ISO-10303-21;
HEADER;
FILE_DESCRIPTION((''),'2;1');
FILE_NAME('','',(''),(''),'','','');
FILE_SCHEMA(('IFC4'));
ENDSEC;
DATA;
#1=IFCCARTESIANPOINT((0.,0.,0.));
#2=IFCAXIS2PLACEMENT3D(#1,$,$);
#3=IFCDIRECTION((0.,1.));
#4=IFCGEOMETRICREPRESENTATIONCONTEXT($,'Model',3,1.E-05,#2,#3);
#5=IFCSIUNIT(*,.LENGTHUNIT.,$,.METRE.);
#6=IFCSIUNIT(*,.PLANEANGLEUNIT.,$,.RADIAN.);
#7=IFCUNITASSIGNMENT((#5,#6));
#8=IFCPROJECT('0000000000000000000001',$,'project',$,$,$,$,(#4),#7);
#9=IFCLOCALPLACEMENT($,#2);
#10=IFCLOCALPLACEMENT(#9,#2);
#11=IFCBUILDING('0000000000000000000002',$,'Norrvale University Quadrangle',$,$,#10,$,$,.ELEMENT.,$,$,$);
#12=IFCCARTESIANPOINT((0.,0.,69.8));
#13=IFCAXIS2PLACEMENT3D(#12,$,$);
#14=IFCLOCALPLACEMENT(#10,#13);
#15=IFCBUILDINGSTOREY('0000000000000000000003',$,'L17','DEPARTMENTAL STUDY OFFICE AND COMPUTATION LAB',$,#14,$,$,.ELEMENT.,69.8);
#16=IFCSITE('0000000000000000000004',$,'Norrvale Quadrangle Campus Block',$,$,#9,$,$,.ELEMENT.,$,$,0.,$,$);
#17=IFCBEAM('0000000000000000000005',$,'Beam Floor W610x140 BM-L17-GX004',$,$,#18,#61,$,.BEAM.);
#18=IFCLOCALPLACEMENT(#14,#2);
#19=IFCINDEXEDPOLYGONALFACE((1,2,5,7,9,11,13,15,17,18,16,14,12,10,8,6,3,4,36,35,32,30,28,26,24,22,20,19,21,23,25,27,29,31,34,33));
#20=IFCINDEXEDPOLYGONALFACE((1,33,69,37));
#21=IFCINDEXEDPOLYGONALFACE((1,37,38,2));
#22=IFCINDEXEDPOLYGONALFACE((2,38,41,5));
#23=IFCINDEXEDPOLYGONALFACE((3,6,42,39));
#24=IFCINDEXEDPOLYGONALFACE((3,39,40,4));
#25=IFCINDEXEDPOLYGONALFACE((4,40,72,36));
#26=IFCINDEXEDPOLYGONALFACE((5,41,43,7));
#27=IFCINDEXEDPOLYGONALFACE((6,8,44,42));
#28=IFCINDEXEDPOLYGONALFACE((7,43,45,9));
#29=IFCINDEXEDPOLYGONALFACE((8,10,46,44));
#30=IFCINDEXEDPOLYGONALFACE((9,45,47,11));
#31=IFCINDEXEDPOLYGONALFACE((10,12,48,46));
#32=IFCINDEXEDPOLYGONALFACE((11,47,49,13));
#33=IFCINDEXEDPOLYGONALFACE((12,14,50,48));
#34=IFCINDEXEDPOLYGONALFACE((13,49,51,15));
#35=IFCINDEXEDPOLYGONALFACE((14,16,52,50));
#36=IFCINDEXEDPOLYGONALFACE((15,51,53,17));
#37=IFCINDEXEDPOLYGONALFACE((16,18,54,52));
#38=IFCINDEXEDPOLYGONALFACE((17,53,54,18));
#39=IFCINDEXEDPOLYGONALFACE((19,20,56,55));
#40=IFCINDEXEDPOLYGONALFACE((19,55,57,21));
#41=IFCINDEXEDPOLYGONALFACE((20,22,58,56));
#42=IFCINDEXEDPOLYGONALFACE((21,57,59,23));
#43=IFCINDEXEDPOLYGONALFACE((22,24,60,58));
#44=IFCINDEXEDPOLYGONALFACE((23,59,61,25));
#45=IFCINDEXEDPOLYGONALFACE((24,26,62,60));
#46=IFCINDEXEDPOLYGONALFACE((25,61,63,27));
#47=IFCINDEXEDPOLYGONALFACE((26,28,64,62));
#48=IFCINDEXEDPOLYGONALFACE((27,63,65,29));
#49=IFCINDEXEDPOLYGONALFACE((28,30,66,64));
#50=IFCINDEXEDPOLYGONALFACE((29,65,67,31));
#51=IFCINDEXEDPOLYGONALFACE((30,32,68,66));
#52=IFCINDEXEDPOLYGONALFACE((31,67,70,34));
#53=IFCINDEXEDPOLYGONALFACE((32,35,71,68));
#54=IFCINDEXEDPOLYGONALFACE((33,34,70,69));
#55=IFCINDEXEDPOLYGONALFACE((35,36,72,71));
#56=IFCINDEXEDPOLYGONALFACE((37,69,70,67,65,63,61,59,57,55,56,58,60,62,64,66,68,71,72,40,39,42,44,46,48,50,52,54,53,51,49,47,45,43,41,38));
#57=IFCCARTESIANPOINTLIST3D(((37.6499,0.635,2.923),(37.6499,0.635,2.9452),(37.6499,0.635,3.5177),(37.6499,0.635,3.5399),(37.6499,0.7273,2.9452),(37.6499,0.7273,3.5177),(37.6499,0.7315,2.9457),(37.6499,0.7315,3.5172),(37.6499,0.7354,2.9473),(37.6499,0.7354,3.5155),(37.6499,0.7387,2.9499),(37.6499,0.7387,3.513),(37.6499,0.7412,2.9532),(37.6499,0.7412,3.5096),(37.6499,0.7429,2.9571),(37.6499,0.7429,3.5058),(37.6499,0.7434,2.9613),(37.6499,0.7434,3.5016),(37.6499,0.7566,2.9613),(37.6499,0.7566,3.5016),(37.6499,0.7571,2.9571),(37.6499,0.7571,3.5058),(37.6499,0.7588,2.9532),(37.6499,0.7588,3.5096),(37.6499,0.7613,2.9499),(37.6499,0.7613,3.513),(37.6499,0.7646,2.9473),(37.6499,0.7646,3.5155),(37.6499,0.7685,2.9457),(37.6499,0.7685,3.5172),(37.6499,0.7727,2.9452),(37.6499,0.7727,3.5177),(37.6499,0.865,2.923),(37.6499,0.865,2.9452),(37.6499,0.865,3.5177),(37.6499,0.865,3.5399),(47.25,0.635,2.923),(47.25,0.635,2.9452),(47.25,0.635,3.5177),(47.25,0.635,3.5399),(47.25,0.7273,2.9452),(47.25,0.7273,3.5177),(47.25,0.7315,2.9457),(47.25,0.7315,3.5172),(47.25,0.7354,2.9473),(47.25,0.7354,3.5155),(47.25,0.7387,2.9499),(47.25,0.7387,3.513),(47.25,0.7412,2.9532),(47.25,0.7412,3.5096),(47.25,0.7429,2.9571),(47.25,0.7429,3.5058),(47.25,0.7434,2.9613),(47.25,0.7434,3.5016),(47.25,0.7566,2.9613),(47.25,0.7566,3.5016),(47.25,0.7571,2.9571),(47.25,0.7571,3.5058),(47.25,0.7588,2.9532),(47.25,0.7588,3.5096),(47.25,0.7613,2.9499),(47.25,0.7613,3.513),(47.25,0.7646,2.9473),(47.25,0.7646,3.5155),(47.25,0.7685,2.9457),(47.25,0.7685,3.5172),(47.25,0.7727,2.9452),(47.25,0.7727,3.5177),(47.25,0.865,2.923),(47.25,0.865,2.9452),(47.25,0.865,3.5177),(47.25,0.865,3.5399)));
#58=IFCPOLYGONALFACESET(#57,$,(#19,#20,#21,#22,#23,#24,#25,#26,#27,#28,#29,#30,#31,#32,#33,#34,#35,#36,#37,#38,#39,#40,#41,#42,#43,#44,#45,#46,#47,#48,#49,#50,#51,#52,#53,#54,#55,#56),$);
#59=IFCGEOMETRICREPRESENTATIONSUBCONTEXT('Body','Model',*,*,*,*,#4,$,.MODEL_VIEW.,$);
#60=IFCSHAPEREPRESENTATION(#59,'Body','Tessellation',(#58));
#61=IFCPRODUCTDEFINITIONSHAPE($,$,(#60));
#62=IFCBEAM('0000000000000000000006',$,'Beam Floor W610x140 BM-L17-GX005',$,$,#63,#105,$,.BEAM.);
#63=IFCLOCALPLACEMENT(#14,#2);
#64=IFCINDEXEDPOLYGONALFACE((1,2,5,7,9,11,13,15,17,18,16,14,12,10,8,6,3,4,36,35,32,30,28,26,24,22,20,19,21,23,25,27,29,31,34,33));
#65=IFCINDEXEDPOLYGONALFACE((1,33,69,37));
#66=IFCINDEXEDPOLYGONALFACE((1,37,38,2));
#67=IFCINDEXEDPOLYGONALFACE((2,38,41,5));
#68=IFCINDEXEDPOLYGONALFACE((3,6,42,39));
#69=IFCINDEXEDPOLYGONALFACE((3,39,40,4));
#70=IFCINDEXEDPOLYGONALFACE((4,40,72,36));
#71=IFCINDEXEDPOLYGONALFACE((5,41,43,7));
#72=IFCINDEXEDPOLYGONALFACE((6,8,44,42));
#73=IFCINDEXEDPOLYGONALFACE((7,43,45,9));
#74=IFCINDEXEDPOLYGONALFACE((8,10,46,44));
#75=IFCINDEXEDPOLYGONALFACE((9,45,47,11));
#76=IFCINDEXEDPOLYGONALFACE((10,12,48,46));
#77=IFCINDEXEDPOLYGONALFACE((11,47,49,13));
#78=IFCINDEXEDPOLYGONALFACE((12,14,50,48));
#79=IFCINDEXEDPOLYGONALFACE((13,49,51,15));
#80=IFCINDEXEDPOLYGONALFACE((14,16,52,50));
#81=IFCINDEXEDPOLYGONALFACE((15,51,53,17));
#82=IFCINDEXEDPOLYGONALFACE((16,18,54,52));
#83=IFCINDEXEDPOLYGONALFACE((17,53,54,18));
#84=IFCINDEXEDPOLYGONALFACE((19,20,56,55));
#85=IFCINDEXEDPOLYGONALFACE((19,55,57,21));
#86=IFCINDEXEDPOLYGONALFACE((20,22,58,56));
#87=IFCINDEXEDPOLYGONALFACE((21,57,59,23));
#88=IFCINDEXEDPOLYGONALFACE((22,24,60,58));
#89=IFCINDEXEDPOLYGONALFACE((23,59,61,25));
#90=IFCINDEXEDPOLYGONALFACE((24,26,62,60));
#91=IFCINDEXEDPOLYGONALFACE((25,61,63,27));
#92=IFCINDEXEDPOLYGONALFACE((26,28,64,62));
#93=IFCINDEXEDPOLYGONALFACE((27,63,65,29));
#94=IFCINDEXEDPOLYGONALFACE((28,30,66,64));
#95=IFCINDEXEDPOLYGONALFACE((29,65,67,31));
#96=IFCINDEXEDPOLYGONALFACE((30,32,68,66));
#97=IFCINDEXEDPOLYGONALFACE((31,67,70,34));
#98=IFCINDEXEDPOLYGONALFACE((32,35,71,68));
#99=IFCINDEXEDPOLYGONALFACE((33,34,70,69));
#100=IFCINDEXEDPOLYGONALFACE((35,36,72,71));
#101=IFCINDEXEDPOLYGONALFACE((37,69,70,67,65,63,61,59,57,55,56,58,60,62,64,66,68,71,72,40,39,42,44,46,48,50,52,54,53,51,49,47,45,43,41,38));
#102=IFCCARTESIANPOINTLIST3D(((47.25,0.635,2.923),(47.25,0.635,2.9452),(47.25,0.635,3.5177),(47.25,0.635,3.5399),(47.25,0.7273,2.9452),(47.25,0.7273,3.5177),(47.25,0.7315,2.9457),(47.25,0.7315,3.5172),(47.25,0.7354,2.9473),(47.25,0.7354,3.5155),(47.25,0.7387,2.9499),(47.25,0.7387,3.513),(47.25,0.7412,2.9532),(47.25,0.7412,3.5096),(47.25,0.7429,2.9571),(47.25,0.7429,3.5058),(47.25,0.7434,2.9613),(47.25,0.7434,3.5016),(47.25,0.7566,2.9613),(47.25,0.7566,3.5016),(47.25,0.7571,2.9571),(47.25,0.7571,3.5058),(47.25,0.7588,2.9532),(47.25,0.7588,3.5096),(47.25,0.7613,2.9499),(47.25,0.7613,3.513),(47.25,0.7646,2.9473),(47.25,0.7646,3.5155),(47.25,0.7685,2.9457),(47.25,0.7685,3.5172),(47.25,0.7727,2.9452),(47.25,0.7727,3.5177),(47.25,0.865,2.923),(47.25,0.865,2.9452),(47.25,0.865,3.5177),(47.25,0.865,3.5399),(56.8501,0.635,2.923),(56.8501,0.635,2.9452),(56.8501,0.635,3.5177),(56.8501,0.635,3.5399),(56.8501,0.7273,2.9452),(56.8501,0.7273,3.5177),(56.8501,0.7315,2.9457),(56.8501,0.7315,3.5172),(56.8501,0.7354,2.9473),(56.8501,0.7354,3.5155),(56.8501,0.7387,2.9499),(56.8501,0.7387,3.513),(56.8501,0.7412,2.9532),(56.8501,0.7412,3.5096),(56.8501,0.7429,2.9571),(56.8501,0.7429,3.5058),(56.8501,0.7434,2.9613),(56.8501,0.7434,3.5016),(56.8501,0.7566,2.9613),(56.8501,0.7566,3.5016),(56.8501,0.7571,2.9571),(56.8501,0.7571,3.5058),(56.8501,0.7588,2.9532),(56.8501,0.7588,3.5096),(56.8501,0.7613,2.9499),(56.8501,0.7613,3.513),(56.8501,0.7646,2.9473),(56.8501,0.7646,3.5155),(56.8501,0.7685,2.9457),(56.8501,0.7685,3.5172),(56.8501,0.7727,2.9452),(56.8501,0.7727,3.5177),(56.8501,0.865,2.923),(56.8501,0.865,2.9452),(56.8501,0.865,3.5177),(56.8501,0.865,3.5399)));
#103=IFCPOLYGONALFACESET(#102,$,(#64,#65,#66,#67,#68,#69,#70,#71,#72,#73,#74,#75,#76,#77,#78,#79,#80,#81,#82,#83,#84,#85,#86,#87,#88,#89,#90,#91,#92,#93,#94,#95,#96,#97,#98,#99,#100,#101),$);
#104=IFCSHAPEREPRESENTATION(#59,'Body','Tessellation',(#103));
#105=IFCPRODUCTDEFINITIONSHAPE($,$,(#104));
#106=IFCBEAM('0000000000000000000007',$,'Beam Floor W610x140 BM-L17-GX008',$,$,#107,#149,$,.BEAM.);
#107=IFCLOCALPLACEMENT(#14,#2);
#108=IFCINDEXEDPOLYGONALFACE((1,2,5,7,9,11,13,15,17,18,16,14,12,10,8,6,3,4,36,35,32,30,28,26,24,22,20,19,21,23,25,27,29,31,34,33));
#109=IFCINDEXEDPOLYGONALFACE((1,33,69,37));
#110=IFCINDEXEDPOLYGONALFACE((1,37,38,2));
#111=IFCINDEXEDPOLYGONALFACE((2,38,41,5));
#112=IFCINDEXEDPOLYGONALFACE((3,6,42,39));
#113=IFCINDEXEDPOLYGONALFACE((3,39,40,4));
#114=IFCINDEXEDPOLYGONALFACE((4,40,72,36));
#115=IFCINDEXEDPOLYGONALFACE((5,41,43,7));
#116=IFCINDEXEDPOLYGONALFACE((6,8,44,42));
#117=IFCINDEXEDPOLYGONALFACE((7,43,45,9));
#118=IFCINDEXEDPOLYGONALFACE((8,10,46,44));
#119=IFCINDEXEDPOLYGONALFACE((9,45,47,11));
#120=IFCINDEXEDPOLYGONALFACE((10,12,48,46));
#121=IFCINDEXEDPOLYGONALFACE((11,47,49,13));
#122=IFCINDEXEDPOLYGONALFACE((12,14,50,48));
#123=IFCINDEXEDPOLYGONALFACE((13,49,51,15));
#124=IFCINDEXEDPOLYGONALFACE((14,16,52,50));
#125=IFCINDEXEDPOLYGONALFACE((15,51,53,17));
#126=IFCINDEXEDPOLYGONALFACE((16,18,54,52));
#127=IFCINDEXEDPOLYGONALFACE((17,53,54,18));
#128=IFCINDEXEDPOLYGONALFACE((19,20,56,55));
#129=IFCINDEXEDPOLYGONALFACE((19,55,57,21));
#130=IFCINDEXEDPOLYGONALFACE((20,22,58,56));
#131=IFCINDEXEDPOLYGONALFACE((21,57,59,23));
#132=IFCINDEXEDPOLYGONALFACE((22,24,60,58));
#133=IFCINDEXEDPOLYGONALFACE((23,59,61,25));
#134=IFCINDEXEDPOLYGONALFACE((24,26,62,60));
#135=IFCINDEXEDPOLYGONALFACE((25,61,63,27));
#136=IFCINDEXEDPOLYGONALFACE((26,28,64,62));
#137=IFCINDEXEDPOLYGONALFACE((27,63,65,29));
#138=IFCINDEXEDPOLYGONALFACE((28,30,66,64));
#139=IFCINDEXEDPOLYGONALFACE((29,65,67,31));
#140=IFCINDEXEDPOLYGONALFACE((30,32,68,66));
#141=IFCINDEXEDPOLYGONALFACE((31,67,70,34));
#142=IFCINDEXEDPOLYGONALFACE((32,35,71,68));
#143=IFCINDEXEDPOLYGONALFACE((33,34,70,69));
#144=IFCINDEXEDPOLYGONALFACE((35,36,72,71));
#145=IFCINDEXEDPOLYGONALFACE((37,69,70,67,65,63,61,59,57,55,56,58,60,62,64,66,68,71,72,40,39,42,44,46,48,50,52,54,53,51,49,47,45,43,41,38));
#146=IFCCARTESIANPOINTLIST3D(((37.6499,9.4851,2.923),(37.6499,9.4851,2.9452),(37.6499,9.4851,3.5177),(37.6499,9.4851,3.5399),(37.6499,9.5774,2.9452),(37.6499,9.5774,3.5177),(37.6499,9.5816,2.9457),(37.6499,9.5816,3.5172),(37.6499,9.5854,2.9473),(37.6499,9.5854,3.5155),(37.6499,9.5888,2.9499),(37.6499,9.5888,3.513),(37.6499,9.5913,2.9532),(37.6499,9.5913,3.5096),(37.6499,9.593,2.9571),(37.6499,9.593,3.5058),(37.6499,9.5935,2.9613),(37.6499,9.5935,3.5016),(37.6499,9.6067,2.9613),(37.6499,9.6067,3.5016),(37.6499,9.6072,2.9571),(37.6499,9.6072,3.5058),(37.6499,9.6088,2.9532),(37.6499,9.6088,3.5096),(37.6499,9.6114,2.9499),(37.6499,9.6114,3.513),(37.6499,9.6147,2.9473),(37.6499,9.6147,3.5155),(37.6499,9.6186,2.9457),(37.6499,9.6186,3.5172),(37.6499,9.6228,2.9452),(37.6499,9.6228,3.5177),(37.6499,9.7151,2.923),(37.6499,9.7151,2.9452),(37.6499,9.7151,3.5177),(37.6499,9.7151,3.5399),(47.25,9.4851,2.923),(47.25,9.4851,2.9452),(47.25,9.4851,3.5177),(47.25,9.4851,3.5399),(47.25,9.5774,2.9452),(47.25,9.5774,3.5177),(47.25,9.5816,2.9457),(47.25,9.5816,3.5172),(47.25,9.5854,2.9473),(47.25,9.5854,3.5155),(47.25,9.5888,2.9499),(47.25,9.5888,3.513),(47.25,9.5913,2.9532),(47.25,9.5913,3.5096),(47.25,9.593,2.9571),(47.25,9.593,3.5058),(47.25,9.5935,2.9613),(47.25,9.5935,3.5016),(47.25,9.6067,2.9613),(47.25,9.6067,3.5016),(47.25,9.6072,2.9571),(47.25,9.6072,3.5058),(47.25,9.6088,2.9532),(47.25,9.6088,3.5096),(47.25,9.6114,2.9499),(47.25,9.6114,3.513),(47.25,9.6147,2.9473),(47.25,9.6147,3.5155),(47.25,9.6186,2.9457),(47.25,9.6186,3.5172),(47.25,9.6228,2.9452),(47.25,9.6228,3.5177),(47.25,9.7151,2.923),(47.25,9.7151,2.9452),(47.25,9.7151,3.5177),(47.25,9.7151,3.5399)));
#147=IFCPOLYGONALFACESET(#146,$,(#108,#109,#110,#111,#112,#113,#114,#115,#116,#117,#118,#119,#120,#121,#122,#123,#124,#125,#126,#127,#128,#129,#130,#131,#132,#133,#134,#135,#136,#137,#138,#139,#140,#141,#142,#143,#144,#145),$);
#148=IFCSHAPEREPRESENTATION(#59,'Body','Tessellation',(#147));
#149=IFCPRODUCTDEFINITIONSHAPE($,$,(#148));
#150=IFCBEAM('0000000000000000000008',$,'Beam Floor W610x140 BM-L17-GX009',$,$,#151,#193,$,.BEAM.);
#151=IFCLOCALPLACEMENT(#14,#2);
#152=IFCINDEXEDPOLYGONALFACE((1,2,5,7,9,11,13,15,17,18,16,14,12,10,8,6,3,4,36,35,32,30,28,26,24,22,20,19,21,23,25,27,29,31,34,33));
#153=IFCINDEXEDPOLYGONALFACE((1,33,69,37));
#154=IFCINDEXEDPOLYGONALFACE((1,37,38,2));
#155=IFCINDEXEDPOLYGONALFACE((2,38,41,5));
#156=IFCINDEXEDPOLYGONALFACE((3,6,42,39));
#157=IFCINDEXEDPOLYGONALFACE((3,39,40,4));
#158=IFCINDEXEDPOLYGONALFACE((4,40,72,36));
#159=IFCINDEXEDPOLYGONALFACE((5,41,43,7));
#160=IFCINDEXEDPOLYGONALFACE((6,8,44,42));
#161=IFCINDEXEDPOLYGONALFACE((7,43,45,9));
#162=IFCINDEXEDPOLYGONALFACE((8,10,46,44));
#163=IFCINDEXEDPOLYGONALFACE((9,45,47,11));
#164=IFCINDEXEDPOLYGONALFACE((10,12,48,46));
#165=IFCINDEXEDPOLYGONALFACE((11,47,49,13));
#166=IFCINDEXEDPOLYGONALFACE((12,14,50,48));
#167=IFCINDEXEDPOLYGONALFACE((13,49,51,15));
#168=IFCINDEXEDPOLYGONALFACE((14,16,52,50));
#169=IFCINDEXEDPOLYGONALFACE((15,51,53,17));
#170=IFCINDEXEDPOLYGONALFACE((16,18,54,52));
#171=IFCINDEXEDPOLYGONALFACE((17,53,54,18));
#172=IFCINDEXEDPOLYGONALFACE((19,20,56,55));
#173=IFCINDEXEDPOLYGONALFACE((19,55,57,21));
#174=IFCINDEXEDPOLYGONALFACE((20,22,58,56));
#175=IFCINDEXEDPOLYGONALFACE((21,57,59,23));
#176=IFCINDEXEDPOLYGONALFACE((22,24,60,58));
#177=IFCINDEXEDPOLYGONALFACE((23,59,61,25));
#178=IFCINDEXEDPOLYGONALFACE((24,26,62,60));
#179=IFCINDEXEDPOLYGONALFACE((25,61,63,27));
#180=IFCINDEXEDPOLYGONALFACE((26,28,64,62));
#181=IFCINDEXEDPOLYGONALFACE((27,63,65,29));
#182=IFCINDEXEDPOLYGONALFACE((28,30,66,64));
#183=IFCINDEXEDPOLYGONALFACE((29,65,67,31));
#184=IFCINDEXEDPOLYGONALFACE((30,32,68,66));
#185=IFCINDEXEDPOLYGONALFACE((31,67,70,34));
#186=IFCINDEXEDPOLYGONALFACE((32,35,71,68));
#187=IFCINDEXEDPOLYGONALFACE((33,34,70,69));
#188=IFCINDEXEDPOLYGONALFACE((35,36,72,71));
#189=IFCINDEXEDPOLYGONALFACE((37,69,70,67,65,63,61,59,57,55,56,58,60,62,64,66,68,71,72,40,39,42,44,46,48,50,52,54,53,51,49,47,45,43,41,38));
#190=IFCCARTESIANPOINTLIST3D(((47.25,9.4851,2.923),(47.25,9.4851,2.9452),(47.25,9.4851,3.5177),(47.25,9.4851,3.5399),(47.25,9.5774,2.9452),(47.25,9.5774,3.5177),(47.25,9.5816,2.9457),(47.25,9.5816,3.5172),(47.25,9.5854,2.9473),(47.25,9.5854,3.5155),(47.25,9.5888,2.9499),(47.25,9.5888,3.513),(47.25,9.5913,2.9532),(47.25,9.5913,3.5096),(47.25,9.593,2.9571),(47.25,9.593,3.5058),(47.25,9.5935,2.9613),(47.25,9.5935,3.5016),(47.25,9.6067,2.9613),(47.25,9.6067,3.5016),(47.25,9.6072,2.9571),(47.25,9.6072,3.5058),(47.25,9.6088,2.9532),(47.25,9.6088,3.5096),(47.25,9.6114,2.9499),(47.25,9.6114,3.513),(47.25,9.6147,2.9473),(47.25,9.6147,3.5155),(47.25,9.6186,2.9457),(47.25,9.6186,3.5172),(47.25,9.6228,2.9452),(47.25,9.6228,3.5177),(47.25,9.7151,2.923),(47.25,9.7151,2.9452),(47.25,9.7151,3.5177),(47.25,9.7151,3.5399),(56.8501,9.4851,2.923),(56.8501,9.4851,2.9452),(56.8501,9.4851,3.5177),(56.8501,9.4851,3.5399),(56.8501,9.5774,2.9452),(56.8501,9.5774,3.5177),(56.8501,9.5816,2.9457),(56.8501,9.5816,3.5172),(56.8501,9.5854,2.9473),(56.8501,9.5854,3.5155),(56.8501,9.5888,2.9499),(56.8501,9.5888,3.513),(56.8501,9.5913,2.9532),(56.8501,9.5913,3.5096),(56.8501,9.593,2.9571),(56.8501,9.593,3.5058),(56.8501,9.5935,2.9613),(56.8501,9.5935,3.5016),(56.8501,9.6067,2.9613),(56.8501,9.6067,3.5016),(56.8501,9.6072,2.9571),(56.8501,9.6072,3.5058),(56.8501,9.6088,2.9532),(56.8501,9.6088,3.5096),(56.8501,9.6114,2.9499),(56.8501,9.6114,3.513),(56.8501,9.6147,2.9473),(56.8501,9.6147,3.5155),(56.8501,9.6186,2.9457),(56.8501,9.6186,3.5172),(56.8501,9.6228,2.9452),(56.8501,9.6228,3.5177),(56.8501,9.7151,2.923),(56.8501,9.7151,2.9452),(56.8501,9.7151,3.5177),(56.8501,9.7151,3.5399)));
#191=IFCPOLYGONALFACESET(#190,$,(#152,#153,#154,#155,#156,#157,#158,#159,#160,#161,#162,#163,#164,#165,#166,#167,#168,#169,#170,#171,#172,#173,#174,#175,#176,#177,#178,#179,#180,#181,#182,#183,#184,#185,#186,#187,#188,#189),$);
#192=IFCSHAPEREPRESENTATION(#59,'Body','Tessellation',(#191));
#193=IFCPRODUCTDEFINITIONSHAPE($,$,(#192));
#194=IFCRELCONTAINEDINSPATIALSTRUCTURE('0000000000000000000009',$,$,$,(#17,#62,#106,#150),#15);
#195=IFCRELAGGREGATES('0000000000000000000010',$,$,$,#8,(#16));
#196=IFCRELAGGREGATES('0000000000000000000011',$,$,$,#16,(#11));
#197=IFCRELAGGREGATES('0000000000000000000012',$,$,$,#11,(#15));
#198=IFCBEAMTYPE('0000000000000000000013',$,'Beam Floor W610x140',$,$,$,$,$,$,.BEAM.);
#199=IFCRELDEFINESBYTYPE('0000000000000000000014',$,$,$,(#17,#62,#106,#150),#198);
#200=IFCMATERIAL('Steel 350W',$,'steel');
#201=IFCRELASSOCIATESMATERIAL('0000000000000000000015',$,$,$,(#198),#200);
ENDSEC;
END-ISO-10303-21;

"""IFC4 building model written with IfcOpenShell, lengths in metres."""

from ifc_helpers import new_model, si_unit, direction, frame, origin, origin_2d, place, context, subcontext, project, spatial, i_section, extrude, material, material_profile, profile_set, type_object, element, save


model = new_model("IFC4")

# Units and contexts
model_context = context("Model", 3, precision=1e-05, world=origin(), true_north=direction((0.0, 1.0)))
body_context = subcontext(model_context, "Body", "Model", "MODEL_VIEW")
ifc_project = project(units=[si_unit("LENGTHUNIT", "METRE"), si_unit("PLANEANGLEUNIT", "RADIAN")], contexts=[model_context])

# Site, building, storey
site_placement = place(None, origin())
site = spatial("IfcSite", under=ifc_project, at=site_placement, Name="Norrvale Quadrangle Campus Block", CompositionType="ELEMENT", RefElevation=0.0)
building_placement = place(site_placement, origin())
building = spatial("IfcBuilding", under=site, at=building_placement, Name="Norrvale University Quadrangle", CompositionType="ELEMENT")
storey_placement = place(building_placement, frame((0.0, 0.0, 69.8)))
storey = spatial("IfcBuildingStorey", under=building, at=storey_placement, Name="L17", Description="DEPARTMENTAL STUDY OFFICE AND COMPUTATION LAB", CompositionType="ELEMENT", Elevation=69.8)

# Beams
ifc_material_1 = material(Name="Steel 350W", Category="steel")
ifc_material_profile_1 = material_profile(ifc_material_1, i_section(OverallWidth=0.23, OverallDepth=0.6169, WebThickness=0.0132, FlangeThickness=0.0222, FilletRadius=0.0161, at=origin_2d()), Name="Steel 350W")
ifc_profile_set_1 = profile_set([ifc_material_profile_1], Name="Steel 350W")
beam_type_1 = type_object("IfcBeamType", Name="Beam Floor W610x140", PredefinedType="BEAM", material=ifc_profile_set_1)
for number, where, z_axis, x_axis, name in (
    (1, (37.6499, 0.75, 3.2314), (1.0, 0.0, 0.0), (0.0, 1.0, 0.0), "Beam Floor W610x140 BM-L17-GX004"),
    (2, (47.25, 0.75, 3.2314), (1.0, 0.0, 0.0), (0.0, 1.0, 0.0), "Beam Floor W610x140 BM-L17-GX005"),
    (3, (37.6499, 9.6001, 3.2314), (1.0, 0.0, 0.0), (0.0, 1.0, 0.0), "Beam Floor W610x140 BM-L17-GX008"),
    (4, (47.25, 9.6001, 3.2314), (1.0, 0.0, 0.0), (0.0, 1.0, 0.0), "Beam Floor W610x140 BM-L17-GX009"),
):
    element("IfcBeam", number, at=place(storey_placement, frame(where, z_axis=z_axis, x_axis=x_axis)), inside=storey, type_object=beam_type_1, Name=name, PredefinedType="BEAM", context=body_context, shape_type="SweptSolid", body=[
        extrude(i_section(OverallWidth=0.23, OverallDepth=0.6169, WebThickness=0.0132, FlangeThickness=0.0222, FilletRadius=0.0161, at=origin_2d()), origin(), (0.0, 0.0, 1.0), 9.6001),
    ])

save(model, "model.ifc")
